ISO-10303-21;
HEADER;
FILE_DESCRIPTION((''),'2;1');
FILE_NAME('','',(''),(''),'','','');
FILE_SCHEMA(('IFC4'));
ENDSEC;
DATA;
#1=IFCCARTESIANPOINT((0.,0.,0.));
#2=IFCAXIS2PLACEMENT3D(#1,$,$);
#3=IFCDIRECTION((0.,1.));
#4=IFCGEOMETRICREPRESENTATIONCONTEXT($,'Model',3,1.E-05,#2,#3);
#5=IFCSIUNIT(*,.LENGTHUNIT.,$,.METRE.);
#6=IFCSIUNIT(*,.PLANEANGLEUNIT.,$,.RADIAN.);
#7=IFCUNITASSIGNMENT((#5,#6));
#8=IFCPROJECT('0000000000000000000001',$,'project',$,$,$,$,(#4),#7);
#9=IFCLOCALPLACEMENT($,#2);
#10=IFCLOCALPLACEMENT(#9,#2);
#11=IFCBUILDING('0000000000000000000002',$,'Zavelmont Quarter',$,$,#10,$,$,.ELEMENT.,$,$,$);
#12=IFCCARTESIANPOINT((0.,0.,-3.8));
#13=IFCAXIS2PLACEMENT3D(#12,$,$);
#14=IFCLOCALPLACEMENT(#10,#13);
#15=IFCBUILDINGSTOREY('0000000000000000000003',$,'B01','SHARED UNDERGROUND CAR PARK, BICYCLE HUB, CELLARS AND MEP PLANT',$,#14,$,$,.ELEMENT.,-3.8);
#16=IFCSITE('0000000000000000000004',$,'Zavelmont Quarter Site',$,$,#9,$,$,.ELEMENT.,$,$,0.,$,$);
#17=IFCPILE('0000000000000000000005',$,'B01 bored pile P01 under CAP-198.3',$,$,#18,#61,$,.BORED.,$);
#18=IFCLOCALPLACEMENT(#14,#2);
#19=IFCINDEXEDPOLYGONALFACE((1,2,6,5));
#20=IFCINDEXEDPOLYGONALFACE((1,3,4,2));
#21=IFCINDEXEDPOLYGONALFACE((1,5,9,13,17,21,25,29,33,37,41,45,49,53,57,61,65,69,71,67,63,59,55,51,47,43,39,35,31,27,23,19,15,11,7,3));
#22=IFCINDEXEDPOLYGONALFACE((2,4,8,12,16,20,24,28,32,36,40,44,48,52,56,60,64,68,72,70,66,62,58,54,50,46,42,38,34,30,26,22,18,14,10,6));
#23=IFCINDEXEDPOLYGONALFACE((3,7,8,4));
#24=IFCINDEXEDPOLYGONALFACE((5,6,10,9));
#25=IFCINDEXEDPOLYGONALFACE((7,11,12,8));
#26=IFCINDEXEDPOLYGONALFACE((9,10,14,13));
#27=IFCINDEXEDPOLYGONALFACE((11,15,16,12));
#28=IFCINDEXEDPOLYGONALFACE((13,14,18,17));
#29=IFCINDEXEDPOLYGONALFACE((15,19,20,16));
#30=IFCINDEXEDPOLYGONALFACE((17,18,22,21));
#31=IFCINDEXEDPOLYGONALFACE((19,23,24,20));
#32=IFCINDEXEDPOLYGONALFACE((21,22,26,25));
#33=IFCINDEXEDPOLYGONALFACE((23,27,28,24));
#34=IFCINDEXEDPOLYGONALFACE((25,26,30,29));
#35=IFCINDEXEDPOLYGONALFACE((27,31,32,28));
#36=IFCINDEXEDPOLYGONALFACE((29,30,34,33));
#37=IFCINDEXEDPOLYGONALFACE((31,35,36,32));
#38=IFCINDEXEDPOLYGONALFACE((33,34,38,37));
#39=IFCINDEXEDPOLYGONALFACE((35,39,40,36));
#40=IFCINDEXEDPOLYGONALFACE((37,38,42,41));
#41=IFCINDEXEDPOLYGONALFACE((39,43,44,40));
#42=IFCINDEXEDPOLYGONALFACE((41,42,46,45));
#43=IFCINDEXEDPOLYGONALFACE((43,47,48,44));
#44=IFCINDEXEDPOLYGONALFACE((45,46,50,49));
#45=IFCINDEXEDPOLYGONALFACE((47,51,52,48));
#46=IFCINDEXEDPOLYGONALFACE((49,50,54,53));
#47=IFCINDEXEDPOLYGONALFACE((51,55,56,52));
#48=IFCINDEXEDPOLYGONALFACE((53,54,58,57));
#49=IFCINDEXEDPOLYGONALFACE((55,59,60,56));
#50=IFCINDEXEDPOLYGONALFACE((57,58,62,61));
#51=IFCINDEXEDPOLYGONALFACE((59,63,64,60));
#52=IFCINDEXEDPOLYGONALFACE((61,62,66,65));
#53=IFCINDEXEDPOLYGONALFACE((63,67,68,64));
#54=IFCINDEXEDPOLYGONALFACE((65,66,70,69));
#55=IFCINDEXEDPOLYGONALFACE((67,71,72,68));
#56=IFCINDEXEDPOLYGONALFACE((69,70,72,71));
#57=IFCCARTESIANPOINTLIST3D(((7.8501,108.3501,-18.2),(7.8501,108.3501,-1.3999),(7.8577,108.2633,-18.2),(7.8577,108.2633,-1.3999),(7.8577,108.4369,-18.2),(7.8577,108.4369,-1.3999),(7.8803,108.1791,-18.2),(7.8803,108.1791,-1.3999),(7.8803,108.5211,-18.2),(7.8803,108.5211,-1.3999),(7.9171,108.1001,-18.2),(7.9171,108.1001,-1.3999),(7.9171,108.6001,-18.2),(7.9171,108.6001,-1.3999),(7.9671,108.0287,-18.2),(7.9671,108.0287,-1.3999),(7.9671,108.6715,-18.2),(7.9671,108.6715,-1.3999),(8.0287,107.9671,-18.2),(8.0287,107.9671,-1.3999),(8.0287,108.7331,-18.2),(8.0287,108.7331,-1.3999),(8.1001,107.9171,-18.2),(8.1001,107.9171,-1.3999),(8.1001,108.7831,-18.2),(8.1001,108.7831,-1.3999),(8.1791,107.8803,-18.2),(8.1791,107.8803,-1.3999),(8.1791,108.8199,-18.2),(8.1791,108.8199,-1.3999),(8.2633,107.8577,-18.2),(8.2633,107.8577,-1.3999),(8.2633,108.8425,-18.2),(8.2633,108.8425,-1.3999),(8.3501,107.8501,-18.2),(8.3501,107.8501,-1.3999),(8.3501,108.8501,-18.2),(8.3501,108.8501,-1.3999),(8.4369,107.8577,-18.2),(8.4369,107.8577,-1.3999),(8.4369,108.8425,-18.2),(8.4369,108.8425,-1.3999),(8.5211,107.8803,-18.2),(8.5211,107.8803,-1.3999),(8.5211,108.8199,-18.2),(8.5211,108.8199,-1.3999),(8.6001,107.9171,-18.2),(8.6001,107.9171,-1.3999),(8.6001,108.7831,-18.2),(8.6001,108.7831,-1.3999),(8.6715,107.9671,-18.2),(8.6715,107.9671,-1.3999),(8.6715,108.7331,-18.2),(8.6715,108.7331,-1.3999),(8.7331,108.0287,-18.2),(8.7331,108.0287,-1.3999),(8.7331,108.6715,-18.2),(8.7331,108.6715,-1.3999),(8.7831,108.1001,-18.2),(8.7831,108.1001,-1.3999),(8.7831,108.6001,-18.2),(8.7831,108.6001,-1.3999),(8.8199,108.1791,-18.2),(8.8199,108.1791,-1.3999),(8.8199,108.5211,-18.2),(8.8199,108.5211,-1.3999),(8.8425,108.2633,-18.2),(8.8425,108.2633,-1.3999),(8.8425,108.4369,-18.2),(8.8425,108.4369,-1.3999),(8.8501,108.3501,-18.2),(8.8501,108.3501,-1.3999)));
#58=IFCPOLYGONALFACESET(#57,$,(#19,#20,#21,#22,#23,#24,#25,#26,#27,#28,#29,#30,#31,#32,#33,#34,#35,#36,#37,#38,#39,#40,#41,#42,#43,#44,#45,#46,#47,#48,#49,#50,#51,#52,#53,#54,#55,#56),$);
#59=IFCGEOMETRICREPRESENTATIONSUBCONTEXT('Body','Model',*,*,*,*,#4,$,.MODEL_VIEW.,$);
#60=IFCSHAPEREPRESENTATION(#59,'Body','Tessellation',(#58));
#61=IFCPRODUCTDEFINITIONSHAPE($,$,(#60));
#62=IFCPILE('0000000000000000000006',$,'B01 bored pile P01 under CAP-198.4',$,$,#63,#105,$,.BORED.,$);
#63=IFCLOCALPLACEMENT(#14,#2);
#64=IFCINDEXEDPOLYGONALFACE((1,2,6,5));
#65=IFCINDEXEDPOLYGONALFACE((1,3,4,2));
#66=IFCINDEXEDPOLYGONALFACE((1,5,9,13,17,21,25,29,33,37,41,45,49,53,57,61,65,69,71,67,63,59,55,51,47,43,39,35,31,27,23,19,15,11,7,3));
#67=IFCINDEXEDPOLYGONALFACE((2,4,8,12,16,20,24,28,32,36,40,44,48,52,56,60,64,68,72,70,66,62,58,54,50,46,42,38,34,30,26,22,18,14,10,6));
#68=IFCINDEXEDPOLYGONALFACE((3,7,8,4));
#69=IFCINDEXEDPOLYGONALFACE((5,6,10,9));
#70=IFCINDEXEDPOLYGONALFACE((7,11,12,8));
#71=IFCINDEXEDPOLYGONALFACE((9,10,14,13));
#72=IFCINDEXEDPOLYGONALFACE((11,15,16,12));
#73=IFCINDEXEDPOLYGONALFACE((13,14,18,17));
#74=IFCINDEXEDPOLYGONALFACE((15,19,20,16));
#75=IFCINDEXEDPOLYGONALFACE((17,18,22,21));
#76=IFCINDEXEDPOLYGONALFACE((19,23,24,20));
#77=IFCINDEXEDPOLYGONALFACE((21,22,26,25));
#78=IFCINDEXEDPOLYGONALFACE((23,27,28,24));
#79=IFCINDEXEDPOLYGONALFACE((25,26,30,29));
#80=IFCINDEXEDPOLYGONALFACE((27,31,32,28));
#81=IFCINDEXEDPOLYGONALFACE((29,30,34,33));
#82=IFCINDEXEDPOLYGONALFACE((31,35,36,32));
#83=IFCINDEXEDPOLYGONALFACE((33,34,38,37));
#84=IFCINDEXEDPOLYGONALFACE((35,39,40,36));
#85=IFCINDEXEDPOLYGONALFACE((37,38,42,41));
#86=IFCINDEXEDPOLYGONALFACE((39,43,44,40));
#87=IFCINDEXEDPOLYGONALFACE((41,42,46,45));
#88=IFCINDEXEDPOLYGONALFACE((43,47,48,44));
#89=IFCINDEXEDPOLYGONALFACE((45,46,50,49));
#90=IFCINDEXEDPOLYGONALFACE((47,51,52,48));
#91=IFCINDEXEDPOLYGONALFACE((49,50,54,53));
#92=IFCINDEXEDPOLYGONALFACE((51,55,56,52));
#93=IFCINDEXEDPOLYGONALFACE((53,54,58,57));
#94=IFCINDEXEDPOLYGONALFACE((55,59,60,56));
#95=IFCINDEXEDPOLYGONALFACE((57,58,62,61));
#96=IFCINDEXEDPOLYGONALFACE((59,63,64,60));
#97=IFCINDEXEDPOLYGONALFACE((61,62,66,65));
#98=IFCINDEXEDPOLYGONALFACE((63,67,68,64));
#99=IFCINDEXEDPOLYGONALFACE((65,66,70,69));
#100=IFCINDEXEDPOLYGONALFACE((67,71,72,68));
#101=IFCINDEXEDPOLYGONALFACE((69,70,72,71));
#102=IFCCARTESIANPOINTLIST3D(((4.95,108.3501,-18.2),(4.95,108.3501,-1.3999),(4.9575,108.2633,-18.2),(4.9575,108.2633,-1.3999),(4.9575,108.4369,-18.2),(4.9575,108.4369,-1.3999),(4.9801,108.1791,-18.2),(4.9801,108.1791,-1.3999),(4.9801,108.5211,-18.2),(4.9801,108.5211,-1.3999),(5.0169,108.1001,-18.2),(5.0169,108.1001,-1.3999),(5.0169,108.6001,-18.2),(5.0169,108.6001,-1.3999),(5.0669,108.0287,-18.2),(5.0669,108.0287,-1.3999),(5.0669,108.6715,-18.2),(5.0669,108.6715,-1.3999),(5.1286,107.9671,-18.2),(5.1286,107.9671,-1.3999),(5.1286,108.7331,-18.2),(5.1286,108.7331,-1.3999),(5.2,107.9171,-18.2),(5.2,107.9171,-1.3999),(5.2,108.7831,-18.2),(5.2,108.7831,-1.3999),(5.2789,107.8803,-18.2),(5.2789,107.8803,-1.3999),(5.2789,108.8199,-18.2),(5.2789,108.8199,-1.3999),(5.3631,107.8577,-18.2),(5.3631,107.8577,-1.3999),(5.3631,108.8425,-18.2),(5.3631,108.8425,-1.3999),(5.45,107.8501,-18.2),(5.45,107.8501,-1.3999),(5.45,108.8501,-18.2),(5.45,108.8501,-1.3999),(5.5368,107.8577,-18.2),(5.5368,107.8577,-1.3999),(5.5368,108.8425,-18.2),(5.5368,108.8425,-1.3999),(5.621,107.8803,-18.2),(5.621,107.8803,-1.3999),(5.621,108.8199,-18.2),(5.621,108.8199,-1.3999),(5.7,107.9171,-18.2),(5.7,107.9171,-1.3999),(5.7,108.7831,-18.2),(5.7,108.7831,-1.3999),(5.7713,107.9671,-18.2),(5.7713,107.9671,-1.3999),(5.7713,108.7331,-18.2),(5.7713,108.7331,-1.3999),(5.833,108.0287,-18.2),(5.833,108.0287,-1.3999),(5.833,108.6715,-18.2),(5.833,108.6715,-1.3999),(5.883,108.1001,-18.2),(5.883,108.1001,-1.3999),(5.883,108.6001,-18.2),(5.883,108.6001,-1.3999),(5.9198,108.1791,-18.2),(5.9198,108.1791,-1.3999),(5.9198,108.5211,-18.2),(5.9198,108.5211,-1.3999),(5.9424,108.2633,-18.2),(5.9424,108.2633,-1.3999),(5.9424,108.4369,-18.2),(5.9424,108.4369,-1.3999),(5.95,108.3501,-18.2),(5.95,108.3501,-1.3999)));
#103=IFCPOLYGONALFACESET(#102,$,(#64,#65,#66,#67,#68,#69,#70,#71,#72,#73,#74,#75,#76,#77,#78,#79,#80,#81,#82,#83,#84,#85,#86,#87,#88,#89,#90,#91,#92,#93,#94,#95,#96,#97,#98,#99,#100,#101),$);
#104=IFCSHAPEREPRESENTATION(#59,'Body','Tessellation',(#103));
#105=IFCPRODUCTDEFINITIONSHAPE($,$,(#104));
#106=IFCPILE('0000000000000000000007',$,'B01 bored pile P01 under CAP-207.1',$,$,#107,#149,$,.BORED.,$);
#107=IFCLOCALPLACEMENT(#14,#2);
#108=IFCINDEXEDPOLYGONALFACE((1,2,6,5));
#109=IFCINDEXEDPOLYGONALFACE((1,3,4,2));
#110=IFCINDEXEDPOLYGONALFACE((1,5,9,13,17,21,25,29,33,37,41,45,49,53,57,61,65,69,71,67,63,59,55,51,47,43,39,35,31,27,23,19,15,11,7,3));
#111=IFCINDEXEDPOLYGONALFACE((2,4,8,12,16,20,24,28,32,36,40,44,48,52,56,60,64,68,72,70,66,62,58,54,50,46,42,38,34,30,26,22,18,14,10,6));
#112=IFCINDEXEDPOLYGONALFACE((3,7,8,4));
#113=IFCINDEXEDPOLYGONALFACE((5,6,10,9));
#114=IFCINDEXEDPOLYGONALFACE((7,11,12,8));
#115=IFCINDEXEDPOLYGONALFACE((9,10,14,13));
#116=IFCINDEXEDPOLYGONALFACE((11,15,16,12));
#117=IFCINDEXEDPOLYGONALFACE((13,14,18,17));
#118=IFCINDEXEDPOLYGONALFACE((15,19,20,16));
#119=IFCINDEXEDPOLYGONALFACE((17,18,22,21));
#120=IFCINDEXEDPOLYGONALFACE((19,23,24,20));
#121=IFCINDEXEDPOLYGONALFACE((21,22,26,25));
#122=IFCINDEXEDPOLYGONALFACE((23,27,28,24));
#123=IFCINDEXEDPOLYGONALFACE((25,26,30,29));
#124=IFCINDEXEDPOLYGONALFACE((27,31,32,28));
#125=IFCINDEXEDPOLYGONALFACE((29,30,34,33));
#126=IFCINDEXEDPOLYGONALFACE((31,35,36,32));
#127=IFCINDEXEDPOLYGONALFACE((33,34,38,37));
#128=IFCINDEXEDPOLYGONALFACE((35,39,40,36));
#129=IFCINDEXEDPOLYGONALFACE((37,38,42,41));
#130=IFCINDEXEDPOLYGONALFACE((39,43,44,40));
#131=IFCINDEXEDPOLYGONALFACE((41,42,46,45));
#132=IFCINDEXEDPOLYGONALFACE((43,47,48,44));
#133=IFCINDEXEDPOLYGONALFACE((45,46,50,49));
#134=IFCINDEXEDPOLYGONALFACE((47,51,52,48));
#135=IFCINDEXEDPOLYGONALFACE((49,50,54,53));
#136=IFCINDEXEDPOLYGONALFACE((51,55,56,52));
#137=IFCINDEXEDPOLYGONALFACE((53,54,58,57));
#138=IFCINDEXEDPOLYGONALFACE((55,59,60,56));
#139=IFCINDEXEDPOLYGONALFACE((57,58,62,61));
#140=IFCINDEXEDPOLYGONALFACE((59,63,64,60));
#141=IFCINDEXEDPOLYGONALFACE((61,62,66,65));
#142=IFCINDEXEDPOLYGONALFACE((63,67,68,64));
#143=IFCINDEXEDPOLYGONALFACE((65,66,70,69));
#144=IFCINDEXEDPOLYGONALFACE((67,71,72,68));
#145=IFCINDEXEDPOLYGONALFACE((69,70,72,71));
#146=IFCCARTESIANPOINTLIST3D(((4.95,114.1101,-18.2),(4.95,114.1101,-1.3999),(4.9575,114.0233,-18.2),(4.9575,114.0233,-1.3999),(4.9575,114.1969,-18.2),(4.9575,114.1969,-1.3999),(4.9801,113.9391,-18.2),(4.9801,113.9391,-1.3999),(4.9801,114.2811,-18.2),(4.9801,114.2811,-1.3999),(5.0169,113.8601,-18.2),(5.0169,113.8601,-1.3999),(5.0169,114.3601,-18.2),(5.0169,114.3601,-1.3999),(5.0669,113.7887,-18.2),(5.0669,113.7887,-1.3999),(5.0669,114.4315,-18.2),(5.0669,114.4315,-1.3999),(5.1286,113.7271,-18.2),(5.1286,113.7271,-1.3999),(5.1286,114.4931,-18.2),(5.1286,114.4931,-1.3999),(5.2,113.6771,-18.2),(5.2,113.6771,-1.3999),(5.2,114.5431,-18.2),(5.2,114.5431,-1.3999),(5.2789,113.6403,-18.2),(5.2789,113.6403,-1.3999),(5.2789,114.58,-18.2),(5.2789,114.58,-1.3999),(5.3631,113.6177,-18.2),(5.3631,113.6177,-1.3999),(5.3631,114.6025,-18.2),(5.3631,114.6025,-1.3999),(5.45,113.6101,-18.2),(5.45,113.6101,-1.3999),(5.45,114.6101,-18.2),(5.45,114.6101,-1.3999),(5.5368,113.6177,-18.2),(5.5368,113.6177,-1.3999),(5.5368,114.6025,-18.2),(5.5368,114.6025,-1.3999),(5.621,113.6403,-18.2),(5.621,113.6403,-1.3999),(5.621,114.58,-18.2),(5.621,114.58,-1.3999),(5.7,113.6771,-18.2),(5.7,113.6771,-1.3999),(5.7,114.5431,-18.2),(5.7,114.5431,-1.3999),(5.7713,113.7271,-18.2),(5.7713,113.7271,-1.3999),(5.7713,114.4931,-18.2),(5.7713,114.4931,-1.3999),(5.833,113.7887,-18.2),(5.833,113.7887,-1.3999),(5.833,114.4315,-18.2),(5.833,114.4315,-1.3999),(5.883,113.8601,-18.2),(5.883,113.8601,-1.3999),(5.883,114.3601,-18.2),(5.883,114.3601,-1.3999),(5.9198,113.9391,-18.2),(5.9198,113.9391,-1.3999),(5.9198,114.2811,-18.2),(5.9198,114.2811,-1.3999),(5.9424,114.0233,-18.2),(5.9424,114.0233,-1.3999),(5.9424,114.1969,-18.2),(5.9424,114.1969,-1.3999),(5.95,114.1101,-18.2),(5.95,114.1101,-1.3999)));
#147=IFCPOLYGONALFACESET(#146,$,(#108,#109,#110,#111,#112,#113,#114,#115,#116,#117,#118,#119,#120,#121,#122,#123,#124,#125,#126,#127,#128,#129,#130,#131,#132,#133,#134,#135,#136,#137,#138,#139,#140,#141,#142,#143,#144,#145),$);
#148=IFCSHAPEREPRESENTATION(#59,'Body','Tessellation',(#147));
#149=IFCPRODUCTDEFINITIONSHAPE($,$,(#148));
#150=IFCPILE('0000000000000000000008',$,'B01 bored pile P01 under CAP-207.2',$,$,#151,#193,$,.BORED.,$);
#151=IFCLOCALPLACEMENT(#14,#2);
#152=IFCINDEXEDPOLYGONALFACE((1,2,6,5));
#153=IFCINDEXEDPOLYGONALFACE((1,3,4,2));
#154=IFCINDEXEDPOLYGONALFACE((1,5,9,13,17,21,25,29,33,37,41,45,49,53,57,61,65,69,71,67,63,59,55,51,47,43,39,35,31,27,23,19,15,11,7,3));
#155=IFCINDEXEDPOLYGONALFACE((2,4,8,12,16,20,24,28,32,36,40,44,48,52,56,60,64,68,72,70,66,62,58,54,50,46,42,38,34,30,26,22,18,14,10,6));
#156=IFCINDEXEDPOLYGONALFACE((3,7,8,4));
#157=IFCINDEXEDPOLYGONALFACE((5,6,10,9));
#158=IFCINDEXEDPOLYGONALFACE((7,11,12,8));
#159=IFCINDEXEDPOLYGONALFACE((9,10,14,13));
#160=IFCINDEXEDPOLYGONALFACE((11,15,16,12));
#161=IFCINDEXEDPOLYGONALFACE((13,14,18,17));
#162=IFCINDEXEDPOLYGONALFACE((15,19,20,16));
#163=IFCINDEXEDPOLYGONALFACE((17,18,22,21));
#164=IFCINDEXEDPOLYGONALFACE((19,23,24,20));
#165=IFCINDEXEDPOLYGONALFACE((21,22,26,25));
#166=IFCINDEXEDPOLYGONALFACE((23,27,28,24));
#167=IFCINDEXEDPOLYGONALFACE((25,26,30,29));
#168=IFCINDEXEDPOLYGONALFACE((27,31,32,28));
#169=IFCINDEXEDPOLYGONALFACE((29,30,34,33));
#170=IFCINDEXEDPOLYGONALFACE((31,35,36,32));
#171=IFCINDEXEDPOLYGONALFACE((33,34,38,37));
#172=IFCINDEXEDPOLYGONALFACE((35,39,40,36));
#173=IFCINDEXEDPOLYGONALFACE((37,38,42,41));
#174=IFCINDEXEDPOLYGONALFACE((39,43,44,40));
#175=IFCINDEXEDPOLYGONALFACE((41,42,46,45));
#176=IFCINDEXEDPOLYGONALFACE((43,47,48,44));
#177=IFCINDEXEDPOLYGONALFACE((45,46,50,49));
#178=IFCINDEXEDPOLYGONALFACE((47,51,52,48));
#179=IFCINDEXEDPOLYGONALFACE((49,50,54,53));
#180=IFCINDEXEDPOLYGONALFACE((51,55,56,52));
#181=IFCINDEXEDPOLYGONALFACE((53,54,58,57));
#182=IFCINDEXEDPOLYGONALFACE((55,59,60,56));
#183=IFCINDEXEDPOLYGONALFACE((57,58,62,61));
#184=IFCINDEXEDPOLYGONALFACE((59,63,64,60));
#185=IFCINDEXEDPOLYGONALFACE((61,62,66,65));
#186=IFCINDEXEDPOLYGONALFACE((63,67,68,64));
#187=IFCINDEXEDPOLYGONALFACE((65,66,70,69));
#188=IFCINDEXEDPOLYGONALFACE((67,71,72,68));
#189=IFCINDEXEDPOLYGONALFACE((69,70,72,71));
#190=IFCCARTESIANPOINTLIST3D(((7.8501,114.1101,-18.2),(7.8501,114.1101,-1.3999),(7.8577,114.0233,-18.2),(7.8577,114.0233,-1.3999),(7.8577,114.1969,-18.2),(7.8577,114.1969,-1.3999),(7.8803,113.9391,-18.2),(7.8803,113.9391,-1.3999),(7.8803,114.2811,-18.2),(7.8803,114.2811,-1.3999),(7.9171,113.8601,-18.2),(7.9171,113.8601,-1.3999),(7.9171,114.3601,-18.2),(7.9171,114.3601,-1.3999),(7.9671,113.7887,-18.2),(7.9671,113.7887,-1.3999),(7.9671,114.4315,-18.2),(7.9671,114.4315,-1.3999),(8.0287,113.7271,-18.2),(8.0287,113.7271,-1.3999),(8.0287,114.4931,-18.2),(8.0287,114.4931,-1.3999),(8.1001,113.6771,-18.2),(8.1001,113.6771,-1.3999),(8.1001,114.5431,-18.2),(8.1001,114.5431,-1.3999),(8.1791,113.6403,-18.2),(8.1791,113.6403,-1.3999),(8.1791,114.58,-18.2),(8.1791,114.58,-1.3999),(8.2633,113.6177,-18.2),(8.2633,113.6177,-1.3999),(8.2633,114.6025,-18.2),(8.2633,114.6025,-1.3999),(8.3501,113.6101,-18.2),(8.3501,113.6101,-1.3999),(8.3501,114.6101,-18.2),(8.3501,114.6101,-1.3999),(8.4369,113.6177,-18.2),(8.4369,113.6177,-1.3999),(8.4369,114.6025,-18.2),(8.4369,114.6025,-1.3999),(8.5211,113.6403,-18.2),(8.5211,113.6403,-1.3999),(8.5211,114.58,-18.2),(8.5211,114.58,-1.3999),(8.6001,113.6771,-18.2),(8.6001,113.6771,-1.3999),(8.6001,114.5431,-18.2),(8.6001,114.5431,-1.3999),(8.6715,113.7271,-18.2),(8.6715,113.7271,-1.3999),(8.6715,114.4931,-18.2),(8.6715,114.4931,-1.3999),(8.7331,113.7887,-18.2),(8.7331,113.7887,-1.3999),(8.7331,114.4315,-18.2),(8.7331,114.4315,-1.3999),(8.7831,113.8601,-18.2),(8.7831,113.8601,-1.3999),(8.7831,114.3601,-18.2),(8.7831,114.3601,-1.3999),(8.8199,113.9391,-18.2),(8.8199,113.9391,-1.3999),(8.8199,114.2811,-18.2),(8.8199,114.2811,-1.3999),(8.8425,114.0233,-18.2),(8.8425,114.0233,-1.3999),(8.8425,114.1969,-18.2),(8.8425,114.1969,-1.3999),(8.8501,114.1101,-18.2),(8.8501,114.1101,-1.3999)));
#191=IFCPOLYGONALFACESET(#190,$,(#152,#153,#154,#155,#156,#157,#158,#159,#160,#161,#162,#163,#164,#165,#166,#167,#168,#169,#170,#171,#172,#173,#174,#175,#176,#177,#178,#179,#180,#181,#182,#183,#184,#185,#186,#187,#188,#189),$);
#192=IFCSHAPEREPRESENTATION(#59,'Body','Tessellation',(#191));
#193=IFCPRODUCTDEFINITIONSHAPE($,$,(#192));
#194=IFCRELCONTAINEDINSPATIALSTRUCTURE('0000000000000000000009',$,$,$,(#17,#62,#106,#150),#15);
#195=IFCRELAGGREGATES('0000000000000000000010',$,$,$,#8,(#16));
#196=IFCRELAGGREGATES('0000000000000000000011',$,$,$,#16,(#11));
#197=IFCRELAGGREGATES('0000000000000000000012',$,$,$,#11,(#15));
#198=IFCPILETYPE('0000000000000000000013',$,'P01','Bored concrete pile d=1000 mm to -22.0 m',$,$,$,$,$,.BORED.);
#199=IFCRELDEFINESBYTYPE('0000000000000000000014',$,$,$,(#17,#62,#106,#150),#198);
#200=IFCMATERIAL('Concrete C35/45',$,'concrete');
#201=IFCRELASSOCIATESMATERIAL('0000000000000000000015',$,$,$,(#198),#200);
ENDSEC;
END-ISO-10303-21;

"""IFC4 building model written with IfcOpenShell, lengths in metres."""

from ifc_helpers import new_model, si_unit, direction, frame, origin, origin_2d, place, context, subcontext, project, spatial, circle, extrude, material, material_profile, profile_set, type_object, element, save


model = new_model("IFC4")

# Units and contexts
model_context = context("Model", 3, precision=1e-05, world=origin(), true_north=direction((0.0, 1.0)))
body_context = subcontext(model_context, "Body", "Model", "MODEL_VIEW")
ifc_project = project(units=[si_unit("LENGTHUNIT", "METRE"), si_unit("PLANEANGLEUNIT", "RADIAN")], contexts=[model_context])

# Site, building, storey
site_placement = place(None, origin())
site = spatial("IfcSite", under=ifc_project, at=site_placement, Name="Zavelmont Quarter Site", CompositionType="ELEMENT", RefElevation=0.0)
building_placement = place(site_placement, origin())
building = spatial("IfcBuilding", under=site, at=building_placement, Name="Zavelmont Quarter", CompositionType="ELEMENT")
storey_placement = place(building_placement, frame((0.0, 0.0, -3.8)))
storey = spatial("IfcBuildingStorey", under=building, at=storey_placement, Name="B01", Description="SHARED UNDERGROUND CAR PARK, BICYCLE HUB, CELLARS AND MEP PLANT", CompositionType="ELEMENT", Elevation=-3.8)

# Shared definitions
ifc_material_1 = material(Name="Concrete C35/45", Category="concrete")

# Piles
ifc_material_profile_1 = material_profile(ifc_material_1, circle(Radius=0.5, at=origin_2d()), Name="BP1000")
ifc_profile_set_1 = profile_set([ifc_material_profile_1], Name="Concrete C35/45")
pile_type_1 = type_object("IfcPileType", Name="P01", Description="Bored concrete pile d=1000 mm to -22.0 m", PredefinedType="BORED", material=ifc_profile_set_1)
for number, where, z_axis, x_axis, name in (
    (1, (8.3501, 108.3501, -1.3999), (0.0, 0.0, -1.0), (1.0, 0.0, 0.0), "B01 bored pile P01 under CAP-198.3"),
    (2, (5.45, 108.3501, -1.3999), (0.0, 0.0, -1.0), (1.0, 0.0, 0.0), "B01 bored pile P01 under CAP-198.4"),
    (3, (5.45, 114.1101, -1.3999), (0.0, 0.0, -1.0), (1.0, 0.0, 0.0), "B01 bored pile P01 under CAP-207.1"),
    (4, (8.3501, 114.1101, -1.3999), (0.0, 0.0, -1.0), (1.0, 0.0, 0.0), "B01 bored pile P01 under CAP-207.2"),
):
    element("IfcPile", number, at=place(storey_placement, frame(where, z_axis=z_axis, x_axis=x_axis)), inside=storey, type_object=pile_type_1, Name=name, PredefinedType="BORED", context=body_context, shape_type="SweptSolid", body=[
        extrude(circle(Radius=0.5, at=origin_2d()), origin(), (0.0, 0.0, 1.0), 16.8),
    ])

save(model, "model.ifc")
